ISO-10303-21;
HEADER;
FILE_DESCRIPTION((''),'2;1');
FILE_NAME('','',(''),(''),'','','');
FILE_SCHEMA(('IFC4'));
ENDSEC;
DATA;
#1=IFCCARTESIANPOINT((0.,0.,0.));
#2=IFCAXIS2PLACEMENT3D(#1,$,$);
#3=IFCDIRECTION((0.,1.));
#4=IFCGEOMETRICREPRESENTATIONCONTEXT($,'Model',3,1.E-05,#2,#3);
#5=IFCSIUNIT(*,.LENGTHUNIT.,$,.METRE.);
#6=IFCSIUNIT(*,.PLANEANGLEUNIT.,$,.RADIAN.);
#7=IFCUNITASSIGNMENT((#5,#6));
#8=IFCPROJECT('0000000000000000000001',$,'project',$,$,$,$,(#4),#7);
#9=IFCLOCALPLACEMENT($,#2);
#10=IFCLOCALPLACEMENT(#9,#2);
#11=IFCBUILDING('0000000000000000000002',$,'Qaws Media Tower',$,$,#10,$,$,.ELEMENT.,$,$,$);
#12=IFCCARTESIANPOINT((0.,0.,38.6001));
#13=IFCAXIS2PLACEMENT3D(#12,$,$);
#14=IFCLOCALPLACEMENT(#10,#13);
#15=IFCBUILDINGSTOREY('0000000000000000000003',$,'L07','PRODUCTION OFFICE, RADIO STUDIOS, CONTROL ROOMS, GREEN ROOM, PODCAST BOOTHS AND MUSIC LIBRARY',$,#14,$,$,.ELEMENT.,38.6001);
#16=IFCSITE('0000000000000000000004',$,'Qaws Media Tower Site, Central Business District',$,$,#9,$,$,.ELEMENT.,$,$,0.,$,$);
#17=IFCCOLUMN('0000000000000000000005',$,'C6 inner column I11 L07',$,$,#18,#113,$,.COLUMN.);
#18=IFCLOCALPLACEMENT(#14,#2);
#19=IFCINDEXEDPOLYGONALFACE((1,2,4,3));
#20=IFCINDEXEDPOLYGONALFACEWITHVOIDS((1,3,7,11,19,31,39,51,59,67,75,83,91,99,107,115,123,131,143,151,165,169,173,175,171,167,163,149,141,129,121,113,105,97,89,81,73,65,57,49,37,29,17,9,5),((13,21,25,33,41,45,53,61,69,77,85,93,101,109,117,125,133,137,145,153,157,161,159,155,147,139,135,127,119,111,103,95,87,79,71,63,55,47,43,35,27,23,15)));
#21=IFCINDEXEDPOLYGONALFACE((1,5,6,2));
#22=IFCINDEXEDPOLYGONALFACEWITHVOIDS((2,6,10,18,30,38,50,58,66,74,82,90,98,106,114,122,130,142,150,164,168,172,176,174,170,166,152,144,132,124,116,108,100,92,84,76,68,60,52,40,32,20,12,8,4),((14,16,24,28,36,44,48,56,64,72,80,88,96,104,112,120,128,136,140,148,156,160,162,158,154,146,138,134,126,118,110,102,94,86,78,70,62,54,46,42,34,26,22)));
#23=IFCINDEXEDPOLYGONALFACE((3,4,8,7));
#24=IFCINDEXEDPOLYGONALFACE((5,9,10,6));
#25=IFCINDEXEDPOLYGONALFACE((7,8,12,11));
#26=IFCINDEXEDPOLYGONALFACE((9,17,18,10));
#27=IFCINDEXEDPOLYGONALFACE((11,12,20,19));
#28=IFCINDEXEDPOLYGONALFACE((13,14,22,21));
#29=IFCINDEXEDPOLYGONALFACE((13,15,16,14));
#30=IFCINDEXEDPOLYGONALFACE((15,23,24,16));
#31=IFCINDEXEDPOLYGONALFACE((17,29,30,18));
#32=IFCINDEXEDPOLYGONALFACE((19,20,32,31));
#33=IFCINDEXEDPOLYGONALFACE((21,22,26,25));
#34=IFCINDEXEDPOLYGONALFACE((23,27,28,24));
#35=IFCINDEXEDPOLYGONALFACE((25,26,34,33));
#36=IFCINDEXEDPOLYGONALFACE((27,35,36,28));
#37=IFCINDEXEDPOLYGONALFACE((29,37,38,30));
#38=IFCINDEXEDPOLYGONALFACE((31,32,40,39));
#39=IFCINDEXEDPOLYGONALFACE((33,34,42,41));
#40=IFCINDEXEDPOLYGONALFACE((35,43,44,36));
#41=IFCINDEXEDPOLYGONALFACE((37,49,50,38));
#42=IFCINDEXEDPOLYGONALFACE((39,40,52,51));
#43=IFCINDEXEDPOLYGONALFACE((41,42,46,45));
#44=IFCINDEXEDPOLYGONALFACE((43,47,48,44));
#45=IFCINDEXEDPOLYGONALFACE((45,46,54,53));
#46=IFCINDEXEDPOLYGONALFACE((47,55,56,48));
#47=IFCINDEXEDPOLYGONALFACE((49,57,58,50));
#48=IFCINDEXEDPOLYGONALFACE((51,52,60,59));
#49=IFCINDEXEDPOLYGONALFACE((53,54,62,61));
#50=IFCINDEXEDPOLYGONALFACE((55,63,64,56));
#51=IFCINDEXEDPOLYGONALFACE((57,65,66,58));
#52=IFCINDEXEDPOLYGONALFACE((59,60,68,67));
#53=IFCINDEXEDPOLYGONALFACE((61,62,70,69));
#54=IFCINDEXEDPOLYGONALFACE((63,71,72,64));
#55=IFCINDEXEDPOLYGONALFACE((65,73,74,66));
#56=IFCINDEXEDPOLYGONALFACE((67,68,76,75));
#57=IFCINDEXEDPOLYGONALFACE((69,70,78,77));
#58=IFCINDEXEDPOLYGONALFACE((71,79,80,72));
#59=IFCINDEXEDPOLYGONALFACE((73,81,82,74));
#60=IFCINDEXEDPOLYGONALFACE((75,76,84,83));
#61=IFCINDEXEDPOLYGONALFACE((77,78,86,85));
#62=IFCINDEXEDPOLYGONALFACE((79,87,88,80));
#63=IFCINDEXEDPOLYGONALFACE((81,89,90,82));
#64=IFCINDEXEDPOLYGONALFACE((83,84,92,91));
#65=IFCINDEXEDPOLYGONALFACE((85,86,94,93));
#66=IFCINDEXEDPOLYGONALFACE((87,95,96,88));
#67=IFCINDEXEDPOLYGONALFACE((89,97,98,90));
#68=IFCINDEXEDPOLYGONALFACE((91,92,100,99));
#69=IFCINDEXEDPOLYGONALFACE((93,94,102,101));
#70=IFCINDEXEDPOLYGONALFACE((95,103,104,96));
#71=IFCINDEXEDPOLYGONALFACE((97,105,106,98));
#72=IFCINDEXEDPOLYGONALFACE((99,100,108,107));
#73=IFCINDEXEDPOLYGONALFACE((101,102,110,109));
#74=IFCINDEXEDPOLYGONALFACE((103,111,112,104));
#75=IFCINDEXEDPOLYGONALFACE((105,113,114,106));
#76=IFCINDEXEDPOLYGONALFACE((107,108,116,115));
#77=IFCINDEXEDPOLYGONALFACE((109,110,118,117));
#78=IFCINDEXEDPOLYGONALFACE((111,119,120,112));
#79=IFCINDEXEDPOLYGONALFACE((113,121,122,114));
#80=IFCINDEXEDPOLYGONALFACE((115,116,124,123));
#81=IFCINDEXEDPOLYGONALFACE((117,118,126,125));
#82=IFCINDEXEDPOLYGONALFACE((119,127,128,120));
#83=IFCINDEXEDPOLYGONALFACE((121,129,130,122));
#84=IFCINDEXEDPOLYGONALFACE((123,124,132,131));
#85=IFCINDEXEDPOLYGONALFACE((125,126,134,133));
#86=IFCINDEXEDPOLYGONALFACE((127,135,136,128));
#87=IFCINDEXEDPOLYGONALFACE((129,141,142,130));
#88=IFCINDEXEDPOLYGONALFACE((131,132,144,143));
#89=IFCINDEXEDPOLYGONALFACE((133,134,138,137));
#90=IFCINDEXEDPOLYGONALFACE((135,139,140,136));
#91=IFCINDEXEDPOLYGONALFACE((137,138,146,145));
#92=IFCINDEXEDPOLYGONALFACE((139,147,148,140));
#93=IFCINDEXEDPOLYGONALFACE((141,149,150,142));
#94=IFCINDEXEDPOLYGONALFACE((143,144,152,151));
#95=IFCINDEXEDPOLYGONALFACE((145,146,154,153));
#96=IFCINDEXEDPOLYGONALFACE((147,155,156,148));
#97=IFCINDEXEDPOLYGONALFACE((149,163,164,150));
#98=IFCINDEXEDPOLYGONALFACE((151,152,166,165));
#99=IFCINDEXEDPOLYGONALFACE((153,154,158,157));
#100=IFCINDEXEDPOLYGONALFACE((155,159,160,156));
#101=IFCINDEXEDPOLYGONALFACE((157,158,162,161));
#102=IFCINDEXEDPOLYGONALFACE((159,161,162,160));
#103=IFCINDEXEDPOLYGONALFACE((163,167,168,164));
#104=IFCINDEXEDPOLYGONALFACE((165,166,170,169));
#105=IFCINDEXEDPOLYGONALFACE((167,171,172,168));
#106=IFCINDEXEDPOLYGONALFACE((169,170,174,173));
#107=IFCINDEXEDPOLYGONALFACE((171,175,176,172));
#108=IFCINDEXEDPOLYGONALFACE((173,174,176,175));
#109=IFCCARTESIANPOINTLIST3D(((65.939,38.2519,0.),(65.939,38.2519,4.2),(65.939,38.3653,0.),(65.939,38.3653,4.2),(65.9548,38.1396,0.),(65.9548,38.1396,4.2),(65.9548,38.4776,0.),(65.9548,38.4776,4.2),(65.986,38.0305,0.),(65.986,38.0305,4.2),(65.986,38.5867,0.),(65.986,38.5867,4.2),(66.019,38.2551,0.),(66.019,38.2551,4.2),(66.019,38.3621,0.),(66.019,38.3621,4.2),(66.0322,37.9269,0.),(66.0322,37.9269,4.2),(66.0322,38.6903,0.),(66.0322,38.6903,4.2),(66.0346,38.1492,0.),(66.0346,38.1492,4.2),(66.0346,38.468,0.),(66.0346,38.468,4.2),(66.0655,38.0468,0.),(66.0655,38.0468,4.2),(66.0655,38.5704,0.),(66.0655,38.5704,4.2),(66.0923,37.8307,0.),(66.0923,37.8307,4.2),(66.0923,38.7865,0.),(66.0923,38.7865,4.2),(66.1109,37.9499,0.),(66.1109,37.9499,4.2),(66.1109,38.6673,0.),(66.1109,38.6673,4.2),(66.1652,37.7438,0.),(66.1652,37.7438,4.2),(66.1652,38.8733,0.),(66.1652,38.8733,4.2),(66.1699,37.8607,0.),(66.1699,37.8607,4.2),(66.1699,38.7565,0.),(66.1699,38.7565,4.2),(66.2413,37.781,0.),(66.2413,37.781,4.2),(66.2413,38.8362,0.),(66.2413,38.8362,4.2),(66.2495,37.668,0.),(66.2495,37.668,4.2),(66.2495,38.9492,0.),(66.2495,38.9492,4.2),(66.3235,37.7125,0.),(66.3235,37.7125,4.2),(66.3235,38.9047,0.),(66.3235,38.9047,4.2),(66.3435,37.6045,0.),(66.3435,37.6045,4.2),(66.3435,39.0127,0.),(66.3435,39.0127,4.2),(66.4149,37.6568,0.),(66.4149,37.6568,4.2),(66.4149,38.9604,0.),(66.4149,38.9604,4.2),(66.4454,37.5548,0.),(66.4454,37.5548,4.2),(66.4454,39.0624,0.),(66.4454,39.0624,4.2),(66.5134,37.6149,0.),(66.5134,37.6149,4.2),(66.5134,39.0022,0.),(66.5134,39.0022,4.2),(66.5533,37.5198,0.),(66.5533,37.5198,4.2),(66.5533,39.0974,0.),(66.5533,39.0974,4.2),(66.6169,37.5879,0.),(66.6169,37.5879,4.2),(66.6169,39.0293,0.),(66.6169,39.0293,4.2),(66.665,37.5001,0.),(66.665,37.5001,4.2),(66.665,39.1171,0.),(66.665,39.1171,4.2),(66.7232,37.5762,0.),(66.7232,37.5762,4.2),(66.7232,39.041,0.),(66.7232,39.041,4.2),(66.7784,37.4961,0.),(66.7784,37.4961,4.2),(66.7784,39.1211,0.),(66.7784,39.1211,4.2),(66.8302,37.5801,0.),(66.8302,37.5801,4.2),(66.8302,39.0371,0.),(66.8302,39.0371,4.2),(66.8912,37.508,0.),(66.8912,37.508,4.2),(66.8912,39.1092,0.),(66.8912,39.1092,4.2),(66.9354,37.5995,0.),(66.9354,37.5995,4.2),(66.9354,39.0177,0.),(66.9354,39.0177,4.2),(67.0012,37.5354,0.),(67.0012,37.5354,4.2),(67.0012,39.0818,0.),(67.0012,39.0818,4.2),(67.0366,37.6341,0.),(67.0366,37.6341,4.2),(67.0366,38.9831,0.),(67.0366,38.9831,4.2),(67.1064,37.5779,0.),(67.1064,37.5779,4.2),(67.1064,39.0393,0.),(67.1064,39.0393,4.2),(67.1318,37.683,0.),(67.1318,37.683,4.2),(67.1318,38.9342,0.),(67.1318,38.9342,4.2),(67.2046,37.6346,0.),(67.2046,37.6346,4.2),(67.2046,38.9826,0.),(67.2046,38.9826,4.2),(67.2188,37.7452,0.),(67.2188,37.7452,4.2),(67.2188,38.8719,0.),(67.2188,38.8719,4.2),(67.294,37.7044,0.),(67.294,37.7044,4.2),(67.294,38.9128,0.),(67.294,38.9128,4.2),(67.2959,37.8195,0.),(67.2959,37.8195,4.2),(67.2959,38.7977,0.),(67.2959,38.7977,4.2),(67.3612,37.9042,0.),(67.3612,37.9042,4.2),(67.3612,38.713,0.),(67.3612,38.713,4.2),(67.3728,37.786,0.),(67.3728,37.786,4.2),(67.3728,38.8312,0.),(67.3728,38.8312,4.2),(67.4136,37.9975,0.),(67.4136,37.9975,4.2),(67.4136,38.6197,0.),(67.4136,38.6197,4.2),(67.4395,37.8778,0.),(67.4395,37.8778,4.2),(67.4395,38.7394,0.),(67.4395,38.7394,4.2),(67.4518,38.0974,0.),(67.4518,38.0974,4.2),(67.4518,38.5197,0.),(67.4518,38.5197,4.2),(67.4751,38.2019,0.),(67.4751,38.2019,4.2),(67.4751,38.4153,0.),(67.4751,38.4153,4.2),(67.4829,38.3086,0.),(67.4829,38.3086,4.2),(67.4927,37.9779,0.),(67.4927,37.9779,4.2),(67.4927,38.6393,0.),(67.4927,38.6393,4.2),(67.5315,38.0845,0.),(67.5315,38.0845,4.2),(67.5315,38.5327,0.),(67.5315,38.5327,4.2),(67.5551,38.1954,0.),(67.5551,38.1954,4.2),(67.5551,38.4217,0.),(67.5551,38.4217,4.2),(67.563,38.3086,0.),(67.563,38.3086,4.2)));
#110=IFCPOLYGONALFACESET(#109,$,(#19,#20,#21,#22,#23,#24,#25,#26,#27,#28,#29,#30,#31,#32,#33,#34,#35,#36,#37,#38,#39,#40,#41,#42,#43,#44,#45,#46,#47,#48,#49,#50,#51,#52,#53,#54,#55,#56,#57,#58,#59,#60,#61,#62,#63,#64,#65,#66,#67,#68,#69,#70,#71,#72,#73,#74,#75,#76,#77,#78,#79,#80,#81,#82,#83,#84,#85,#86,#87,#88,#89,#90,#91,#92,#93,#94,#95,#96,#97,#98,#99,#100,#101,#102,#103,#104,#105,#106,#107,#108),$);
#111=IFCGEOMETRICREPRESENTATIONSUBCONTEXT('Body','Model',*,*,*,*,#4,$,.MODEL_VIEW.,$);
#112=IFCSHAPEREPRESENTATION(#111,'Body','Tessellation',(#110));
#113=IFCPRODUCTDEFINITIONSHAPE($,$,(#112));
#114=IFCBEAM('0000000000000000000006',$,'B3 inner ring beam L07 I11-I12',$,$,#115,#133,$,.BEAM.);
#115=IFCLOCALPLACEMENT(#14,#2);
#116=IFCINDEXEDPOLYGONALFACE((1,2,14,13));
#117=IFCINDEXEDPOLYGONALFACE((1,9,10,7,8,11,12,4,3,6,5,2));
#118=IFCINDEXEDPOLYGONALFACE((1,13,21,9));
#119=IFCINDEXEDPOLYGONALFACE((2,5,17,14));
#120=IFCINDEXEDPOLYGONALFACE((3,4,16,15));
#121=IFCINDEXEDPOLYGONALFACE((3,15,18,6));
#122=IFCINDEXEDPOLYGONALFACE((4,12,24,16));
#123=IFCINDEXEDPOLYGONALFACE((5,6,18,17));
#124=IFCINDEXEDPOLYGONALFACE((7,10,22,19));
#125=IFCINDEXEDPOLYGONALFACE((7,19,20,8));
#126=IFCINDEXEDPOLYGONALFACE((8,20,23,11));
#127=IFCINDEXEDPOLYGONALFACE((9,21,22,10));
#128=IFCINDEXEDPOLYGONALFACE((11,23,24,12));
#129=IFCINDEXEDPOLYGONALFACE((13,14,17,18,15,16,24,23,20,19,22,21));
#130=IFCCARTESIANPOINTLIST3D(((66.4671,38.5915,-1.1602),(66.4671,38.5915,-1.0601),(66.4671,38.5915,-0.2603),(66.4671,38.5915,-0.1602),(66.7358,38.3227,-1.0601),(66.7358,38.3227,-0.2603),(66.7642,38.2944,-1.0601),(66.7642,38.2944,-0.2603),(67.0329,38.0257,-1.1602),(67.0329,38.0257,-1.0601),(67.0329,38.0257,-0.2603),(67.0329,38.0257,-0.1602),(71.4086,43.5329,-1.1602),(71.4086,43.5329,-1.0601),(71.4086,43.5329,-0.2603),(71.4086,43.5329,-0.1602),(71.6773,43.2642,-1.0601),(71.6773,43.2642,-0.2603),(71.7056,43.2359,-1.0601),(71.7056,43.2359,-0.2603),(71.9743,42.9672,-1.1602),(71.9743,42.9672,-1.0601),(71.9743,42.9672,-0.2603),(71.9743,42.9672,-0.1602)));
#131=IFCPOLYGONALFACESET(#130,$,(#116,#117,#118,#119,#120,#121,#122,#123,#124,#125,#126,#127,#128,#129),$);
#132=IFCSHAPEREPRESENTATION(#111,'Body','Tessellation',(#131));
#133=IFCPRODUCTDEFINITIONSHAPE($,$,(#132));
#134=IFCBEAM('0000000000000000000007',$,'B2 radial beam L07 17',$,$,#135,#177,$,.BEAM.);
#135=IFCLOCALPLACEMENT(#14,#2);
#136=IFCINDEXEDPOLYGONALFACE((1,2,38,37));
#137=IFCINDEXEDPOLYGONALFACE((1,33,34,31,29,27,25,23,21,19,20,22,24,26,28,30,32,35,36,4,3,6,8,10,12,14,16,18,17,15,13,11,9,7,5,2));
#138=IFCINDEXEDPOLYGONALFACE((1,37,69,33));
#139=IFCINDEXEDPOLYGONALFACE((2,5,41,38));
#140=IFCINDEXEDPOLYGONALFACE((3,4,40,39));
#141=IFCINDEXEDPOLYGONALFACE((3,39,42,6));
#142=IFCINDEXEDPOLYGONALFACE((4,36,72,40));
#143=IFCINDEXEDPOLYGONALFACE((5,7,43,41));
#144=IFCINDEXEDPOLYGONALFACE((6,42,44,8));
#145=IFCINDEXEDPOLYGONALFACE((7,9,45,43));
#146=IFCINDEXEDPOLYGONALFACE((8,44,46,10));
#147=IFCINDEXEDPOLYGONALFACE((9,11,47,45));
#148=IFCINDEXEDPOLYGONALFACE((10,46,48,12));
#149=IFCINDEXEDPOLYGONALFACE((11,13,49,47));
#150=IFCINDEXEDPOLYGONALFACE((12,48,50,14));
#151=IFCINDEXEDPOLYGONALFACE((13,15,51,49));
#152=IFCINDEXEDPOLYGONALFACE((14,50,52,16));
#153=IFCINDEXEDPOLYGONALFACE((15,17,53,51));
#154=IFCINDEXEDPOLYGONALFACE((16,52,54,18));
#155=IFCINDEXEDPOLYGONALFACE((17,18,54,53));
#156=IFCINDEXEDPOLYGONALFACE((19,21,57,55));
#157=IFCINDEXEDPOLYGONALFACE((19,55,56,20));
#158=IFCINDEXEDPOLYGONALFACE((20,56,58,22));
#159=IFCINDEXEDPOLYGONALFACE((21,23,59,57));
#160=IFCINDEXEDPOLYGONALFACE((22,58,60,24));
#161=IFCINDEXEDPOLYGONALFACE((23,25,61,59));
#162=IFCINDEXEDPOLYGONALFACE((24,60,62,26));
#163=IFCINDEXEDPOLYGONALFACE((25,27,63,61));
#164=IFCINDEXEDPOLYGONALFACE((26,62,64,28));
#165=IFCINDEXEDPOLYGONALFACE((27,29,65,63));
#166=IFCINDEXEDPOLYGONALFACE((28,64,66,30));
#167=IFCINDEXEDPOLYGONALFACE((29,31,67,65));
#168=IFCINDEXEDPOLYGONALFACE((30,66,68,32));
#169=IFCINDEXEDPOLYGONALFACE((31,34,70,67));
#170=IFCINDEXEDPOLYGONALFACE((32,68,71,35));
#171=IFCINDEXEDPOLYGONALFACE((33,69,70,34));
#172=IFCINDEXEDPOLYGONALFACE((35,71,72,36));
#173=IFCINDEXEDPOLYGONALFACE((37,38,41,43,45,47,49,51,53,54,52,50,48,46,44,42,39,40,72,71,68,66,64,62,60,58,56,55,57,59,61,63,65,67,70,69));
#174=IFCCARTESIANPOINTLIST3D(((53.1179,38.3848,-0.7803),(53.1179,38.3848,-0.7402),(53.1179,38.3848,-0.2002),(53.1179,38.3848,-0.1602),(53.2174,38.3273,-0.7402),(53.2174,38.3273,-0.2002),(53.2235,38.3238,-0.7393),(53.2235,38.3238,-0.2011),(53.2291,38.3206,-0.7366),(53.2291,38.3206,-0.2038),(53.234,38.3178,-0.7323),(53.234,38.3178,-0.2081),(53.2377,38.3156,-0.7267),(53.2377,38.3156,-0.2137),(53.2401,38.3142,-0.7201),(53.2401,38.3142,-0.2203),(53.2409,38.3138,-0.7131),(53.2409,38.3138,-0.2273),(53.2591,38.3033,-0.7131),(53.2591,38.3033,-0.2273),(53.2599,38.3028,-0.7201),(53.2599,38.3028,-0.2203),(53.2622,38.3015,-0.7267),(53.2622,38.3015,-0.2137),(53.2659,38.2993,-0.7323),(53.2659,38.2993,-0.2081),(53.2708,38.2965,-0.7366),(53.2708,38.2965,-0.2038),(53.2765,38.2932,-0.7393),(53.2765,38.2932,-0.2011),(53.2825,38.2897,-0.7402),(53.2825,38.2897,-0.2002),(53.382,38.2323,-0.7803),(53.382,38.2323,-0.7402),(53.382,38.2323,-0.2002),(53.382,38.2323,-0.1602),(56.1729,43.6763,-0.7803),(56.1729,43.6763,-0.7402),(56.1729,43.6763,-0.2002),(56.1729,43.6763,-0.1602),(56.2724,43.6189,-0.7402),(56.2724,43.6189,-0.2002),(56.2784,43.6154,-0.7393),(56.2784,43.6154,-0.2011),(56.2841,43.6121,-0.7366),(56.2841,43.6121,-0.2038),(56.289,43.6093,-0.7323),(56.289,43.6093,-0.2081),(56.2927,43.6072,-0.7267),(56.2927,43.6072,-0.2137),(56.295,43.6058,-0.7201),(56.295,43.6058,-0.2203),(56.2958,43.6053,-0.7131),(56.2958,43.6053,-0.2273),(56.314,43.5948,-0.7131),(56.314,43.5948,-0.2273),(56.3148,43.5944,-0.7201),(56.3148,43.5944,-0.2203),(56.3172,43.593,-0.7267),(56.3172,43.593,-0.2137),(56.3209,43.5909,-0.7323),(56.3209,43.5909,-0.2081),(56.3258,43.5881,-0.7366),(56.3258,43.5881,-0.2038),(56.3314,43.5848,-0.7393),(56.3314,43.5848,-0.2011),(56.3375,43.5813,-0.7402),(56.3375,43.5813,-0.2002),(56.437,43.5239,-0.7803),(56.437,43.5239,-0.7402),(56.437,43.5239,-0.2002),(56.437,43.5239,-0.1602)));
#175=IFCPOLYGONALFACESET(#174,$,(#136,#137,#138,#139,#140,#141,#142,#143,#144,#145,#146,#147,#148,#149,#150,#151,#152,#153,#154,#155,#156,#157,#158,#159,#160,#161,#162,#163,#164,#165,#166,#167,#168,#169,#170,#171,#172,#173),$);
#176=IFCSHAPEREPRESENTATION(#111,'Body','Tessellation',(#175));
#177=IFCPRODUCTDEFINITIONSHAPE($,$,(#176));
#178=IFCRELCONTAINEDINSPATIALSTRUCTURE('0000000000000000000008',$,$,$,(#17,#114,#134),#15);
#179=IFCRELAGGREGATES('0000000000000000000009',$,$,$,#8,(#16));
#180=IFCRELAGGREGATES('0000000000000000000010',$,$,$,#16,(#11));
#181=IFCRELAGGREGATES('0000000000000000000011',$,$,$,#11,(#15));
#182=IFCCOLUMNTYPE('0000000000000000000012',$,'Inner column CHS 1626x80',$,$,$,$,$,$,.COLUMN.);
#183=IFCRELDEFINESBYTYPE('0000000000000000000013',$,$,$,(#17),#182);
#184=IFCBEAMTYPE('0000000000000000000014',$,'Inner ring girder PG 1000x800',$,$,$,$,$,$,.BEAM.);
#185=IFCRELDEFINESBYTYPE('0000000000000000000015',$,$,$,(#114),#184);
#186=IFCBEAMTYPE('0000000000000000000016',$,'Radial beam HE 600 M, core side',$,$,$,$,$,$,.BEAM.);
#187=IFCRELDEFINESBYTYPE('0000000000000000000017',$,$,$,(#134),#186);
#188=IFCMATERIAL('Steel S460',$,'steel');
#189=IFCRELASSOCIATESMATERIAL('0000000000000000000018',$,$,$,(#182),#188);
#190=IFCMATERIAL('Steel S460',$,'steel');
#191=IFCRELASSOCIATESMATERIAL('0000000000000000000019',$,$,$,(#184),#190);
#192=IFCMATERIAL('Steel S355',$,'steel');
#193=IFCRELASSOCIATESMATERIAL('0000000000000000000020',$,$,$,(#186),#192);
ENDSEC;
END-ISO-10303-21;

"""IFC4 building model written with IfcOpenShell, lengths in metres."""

from ifc_helpers import new_model, si_unit, direction, frame, origin, origin_2d, place, context, subcontext, project, spatial, hollow_circle, i_section, extrude, material, material_profile, profile_set, type_object, element, save


model = new_model("IFC4")

# Units and contexts
model_context = context("Model", 3, precision=1e-05, world=origin(), true_north=direction((0.0, 1.0)))
body_context = subcontext(model_context, "Body", "Model", "MODEL_VIEW")
ifc_project = project(units=[si_unit("LENGTHUNIT", "METRE"), si_unit("PLANEANGLEUNIT", "RADIAN")], contexts=[model_context])

# Site, building, storey
site_placement = place(None, origin())
site = spatial("IfcSite", under=ifc_project, at=site_placement, Name="Qaws Media Tower Site, Central Business District", CompositionType="ELEMENT", RefElevation=0.0)
building_placement = place(site_placement, origin())
building = spatial("IfcBuilding", under=site, at=building_placement, Name="Qaws Media Tower", CompositionType="ELEMENT")
storey_placement = place(building_placement, frame((0.0, 0.0, 38.6001)))
storey = spatial("IfcBuildingStorey", under=building, at=storey_placement, Name="L07", Description="PRODUCTION OFFICE, RADIO STUDIOS, CONTROL ROOMS, GREEN ROOM, PODCAST BOOTHS AND MUSIC LIBRARY", CompositionType="ELEMENT", Elevation=38.6001)

# Column
ifc_material_1 = material(Name="Steel S460", Category="steel")
ifc_material_profile_1 = material_profile(ifc_material_1, hollow_circle(Radius=0.813, WallThickness=0.0801, at=origin_2d()), Name="CHS 1626x80")
ifc_profile_set_1 = profile_set([ifc_material_profile_1], Name="Steel S460")
column_type = type_object("IfcColumnType", Name="Inner column CHS 1626x80", PredefinedType="COLUMN", material=ifc_profile_set_1)
column_placement = place(storey_placement, frame((66.75, 38.3086, 0.0), z_axis=(0.0, 0.0, 1.0), x_axis=(1.0, 0.0, 0.0)))
element("IfcColumn", 1, at=column_placement, inside=storey, type_object=column_type, Name="C6 inner column I11 L07", PredefinedType="COLUMN", context=body_context, shape_type="SweptSolid", body=[
    extrude(hollow_circle(Radius=0.813, WallThickness=0.0801, at=origin_2d()), origin(), (0.0, 0.0, 1.0), 4.2),
])

# Beams
ifc_material_2 = material(Name="Steel S460", Category="steel")
ifc_material_profile_2 = material_profile(ifc_material_2, i_section(OverallWidth=0.8, OverallDepth=1.0, WebThickness=0.04, FlangeThickness=0.1001, at=origin_2d()), Name="PG 1000x800")
ifc_profile_set_2 = profile_set([ifc_material_profile_2], Name="Steel S460")
beam_type_1 = type_object("IfcBeamType", Name="Inner ring girder PG 1000x800", PredefinedType="BEAM", material=ifc_profile_set_2)
beam_1_placement = place(storey_placement, frame((66.75, 38.3086, -0.6602), z_axis=(0.707107, 0.707107, 0.0), x_axis=(-0.707107, 0.707107, 0.0)))
element("IfcBeam", 2, at=beam_1_placement, inside=storey, type_object=beam_type_1, Name="B3 inner ring beam L07 I11-I12", PredefinedType="BEAM", context=body_context, shape_type="SweptSolid", body=[
    extrude(i_section(OverallWidth=0.8, OverallDepth=1.0, WebThickness=0.04, FlangeThickness=0.1001, at=origin_2d()), origin(), (0.0, 0.0, 1.0), 6.9883),
])
ifc_material_3 = material(Name="Steel S355", Category="steel")
ifc_material_profile_3 = material_profile(ifc_material_3, i_section(OverallWidth=0.3049, OverallDepth=0.6201, WebThickness=0.021, FlangeThickness=0.04, FilletRadius=0.0271, at=origin_2d()), Name="HE 600 M")
ifc_profile_set_3 = profile_set([ifc_material_profile_3], Name="Steel S355")
beam_type_2 = type_object("IfcBeamType", Name="Radial beam HE 600 M, core side", PredefinedType="BEAM", material=ifc_profile_set_3)
beam_2_placement = place(storey_placement, frame((56.3049, 43.6001, -0.4702), z_axis=(-0.499985, -0.866034, 0.0), x_axis=(0.866034, -0.499985, 0.0)))
element("IfcBeam", 3, at=beam_2_placement, inside=storey, type_object=beam_type_2, Name="B2 radial beam L07 17", PredefinedType="BEAM", context=body_context, shape_type="SweptSolid", body=[
    extrude(i_section(OverallWidth=0.3049, OverallDepth=0.6201, WebThickness=0.021, FlangeThickness=0.04, FilletRadius=0.0271, at=origin_2d()), origin(), (0.0, 0.0, 1.0), 6.1101),
])

save(model, "model.ifc")
